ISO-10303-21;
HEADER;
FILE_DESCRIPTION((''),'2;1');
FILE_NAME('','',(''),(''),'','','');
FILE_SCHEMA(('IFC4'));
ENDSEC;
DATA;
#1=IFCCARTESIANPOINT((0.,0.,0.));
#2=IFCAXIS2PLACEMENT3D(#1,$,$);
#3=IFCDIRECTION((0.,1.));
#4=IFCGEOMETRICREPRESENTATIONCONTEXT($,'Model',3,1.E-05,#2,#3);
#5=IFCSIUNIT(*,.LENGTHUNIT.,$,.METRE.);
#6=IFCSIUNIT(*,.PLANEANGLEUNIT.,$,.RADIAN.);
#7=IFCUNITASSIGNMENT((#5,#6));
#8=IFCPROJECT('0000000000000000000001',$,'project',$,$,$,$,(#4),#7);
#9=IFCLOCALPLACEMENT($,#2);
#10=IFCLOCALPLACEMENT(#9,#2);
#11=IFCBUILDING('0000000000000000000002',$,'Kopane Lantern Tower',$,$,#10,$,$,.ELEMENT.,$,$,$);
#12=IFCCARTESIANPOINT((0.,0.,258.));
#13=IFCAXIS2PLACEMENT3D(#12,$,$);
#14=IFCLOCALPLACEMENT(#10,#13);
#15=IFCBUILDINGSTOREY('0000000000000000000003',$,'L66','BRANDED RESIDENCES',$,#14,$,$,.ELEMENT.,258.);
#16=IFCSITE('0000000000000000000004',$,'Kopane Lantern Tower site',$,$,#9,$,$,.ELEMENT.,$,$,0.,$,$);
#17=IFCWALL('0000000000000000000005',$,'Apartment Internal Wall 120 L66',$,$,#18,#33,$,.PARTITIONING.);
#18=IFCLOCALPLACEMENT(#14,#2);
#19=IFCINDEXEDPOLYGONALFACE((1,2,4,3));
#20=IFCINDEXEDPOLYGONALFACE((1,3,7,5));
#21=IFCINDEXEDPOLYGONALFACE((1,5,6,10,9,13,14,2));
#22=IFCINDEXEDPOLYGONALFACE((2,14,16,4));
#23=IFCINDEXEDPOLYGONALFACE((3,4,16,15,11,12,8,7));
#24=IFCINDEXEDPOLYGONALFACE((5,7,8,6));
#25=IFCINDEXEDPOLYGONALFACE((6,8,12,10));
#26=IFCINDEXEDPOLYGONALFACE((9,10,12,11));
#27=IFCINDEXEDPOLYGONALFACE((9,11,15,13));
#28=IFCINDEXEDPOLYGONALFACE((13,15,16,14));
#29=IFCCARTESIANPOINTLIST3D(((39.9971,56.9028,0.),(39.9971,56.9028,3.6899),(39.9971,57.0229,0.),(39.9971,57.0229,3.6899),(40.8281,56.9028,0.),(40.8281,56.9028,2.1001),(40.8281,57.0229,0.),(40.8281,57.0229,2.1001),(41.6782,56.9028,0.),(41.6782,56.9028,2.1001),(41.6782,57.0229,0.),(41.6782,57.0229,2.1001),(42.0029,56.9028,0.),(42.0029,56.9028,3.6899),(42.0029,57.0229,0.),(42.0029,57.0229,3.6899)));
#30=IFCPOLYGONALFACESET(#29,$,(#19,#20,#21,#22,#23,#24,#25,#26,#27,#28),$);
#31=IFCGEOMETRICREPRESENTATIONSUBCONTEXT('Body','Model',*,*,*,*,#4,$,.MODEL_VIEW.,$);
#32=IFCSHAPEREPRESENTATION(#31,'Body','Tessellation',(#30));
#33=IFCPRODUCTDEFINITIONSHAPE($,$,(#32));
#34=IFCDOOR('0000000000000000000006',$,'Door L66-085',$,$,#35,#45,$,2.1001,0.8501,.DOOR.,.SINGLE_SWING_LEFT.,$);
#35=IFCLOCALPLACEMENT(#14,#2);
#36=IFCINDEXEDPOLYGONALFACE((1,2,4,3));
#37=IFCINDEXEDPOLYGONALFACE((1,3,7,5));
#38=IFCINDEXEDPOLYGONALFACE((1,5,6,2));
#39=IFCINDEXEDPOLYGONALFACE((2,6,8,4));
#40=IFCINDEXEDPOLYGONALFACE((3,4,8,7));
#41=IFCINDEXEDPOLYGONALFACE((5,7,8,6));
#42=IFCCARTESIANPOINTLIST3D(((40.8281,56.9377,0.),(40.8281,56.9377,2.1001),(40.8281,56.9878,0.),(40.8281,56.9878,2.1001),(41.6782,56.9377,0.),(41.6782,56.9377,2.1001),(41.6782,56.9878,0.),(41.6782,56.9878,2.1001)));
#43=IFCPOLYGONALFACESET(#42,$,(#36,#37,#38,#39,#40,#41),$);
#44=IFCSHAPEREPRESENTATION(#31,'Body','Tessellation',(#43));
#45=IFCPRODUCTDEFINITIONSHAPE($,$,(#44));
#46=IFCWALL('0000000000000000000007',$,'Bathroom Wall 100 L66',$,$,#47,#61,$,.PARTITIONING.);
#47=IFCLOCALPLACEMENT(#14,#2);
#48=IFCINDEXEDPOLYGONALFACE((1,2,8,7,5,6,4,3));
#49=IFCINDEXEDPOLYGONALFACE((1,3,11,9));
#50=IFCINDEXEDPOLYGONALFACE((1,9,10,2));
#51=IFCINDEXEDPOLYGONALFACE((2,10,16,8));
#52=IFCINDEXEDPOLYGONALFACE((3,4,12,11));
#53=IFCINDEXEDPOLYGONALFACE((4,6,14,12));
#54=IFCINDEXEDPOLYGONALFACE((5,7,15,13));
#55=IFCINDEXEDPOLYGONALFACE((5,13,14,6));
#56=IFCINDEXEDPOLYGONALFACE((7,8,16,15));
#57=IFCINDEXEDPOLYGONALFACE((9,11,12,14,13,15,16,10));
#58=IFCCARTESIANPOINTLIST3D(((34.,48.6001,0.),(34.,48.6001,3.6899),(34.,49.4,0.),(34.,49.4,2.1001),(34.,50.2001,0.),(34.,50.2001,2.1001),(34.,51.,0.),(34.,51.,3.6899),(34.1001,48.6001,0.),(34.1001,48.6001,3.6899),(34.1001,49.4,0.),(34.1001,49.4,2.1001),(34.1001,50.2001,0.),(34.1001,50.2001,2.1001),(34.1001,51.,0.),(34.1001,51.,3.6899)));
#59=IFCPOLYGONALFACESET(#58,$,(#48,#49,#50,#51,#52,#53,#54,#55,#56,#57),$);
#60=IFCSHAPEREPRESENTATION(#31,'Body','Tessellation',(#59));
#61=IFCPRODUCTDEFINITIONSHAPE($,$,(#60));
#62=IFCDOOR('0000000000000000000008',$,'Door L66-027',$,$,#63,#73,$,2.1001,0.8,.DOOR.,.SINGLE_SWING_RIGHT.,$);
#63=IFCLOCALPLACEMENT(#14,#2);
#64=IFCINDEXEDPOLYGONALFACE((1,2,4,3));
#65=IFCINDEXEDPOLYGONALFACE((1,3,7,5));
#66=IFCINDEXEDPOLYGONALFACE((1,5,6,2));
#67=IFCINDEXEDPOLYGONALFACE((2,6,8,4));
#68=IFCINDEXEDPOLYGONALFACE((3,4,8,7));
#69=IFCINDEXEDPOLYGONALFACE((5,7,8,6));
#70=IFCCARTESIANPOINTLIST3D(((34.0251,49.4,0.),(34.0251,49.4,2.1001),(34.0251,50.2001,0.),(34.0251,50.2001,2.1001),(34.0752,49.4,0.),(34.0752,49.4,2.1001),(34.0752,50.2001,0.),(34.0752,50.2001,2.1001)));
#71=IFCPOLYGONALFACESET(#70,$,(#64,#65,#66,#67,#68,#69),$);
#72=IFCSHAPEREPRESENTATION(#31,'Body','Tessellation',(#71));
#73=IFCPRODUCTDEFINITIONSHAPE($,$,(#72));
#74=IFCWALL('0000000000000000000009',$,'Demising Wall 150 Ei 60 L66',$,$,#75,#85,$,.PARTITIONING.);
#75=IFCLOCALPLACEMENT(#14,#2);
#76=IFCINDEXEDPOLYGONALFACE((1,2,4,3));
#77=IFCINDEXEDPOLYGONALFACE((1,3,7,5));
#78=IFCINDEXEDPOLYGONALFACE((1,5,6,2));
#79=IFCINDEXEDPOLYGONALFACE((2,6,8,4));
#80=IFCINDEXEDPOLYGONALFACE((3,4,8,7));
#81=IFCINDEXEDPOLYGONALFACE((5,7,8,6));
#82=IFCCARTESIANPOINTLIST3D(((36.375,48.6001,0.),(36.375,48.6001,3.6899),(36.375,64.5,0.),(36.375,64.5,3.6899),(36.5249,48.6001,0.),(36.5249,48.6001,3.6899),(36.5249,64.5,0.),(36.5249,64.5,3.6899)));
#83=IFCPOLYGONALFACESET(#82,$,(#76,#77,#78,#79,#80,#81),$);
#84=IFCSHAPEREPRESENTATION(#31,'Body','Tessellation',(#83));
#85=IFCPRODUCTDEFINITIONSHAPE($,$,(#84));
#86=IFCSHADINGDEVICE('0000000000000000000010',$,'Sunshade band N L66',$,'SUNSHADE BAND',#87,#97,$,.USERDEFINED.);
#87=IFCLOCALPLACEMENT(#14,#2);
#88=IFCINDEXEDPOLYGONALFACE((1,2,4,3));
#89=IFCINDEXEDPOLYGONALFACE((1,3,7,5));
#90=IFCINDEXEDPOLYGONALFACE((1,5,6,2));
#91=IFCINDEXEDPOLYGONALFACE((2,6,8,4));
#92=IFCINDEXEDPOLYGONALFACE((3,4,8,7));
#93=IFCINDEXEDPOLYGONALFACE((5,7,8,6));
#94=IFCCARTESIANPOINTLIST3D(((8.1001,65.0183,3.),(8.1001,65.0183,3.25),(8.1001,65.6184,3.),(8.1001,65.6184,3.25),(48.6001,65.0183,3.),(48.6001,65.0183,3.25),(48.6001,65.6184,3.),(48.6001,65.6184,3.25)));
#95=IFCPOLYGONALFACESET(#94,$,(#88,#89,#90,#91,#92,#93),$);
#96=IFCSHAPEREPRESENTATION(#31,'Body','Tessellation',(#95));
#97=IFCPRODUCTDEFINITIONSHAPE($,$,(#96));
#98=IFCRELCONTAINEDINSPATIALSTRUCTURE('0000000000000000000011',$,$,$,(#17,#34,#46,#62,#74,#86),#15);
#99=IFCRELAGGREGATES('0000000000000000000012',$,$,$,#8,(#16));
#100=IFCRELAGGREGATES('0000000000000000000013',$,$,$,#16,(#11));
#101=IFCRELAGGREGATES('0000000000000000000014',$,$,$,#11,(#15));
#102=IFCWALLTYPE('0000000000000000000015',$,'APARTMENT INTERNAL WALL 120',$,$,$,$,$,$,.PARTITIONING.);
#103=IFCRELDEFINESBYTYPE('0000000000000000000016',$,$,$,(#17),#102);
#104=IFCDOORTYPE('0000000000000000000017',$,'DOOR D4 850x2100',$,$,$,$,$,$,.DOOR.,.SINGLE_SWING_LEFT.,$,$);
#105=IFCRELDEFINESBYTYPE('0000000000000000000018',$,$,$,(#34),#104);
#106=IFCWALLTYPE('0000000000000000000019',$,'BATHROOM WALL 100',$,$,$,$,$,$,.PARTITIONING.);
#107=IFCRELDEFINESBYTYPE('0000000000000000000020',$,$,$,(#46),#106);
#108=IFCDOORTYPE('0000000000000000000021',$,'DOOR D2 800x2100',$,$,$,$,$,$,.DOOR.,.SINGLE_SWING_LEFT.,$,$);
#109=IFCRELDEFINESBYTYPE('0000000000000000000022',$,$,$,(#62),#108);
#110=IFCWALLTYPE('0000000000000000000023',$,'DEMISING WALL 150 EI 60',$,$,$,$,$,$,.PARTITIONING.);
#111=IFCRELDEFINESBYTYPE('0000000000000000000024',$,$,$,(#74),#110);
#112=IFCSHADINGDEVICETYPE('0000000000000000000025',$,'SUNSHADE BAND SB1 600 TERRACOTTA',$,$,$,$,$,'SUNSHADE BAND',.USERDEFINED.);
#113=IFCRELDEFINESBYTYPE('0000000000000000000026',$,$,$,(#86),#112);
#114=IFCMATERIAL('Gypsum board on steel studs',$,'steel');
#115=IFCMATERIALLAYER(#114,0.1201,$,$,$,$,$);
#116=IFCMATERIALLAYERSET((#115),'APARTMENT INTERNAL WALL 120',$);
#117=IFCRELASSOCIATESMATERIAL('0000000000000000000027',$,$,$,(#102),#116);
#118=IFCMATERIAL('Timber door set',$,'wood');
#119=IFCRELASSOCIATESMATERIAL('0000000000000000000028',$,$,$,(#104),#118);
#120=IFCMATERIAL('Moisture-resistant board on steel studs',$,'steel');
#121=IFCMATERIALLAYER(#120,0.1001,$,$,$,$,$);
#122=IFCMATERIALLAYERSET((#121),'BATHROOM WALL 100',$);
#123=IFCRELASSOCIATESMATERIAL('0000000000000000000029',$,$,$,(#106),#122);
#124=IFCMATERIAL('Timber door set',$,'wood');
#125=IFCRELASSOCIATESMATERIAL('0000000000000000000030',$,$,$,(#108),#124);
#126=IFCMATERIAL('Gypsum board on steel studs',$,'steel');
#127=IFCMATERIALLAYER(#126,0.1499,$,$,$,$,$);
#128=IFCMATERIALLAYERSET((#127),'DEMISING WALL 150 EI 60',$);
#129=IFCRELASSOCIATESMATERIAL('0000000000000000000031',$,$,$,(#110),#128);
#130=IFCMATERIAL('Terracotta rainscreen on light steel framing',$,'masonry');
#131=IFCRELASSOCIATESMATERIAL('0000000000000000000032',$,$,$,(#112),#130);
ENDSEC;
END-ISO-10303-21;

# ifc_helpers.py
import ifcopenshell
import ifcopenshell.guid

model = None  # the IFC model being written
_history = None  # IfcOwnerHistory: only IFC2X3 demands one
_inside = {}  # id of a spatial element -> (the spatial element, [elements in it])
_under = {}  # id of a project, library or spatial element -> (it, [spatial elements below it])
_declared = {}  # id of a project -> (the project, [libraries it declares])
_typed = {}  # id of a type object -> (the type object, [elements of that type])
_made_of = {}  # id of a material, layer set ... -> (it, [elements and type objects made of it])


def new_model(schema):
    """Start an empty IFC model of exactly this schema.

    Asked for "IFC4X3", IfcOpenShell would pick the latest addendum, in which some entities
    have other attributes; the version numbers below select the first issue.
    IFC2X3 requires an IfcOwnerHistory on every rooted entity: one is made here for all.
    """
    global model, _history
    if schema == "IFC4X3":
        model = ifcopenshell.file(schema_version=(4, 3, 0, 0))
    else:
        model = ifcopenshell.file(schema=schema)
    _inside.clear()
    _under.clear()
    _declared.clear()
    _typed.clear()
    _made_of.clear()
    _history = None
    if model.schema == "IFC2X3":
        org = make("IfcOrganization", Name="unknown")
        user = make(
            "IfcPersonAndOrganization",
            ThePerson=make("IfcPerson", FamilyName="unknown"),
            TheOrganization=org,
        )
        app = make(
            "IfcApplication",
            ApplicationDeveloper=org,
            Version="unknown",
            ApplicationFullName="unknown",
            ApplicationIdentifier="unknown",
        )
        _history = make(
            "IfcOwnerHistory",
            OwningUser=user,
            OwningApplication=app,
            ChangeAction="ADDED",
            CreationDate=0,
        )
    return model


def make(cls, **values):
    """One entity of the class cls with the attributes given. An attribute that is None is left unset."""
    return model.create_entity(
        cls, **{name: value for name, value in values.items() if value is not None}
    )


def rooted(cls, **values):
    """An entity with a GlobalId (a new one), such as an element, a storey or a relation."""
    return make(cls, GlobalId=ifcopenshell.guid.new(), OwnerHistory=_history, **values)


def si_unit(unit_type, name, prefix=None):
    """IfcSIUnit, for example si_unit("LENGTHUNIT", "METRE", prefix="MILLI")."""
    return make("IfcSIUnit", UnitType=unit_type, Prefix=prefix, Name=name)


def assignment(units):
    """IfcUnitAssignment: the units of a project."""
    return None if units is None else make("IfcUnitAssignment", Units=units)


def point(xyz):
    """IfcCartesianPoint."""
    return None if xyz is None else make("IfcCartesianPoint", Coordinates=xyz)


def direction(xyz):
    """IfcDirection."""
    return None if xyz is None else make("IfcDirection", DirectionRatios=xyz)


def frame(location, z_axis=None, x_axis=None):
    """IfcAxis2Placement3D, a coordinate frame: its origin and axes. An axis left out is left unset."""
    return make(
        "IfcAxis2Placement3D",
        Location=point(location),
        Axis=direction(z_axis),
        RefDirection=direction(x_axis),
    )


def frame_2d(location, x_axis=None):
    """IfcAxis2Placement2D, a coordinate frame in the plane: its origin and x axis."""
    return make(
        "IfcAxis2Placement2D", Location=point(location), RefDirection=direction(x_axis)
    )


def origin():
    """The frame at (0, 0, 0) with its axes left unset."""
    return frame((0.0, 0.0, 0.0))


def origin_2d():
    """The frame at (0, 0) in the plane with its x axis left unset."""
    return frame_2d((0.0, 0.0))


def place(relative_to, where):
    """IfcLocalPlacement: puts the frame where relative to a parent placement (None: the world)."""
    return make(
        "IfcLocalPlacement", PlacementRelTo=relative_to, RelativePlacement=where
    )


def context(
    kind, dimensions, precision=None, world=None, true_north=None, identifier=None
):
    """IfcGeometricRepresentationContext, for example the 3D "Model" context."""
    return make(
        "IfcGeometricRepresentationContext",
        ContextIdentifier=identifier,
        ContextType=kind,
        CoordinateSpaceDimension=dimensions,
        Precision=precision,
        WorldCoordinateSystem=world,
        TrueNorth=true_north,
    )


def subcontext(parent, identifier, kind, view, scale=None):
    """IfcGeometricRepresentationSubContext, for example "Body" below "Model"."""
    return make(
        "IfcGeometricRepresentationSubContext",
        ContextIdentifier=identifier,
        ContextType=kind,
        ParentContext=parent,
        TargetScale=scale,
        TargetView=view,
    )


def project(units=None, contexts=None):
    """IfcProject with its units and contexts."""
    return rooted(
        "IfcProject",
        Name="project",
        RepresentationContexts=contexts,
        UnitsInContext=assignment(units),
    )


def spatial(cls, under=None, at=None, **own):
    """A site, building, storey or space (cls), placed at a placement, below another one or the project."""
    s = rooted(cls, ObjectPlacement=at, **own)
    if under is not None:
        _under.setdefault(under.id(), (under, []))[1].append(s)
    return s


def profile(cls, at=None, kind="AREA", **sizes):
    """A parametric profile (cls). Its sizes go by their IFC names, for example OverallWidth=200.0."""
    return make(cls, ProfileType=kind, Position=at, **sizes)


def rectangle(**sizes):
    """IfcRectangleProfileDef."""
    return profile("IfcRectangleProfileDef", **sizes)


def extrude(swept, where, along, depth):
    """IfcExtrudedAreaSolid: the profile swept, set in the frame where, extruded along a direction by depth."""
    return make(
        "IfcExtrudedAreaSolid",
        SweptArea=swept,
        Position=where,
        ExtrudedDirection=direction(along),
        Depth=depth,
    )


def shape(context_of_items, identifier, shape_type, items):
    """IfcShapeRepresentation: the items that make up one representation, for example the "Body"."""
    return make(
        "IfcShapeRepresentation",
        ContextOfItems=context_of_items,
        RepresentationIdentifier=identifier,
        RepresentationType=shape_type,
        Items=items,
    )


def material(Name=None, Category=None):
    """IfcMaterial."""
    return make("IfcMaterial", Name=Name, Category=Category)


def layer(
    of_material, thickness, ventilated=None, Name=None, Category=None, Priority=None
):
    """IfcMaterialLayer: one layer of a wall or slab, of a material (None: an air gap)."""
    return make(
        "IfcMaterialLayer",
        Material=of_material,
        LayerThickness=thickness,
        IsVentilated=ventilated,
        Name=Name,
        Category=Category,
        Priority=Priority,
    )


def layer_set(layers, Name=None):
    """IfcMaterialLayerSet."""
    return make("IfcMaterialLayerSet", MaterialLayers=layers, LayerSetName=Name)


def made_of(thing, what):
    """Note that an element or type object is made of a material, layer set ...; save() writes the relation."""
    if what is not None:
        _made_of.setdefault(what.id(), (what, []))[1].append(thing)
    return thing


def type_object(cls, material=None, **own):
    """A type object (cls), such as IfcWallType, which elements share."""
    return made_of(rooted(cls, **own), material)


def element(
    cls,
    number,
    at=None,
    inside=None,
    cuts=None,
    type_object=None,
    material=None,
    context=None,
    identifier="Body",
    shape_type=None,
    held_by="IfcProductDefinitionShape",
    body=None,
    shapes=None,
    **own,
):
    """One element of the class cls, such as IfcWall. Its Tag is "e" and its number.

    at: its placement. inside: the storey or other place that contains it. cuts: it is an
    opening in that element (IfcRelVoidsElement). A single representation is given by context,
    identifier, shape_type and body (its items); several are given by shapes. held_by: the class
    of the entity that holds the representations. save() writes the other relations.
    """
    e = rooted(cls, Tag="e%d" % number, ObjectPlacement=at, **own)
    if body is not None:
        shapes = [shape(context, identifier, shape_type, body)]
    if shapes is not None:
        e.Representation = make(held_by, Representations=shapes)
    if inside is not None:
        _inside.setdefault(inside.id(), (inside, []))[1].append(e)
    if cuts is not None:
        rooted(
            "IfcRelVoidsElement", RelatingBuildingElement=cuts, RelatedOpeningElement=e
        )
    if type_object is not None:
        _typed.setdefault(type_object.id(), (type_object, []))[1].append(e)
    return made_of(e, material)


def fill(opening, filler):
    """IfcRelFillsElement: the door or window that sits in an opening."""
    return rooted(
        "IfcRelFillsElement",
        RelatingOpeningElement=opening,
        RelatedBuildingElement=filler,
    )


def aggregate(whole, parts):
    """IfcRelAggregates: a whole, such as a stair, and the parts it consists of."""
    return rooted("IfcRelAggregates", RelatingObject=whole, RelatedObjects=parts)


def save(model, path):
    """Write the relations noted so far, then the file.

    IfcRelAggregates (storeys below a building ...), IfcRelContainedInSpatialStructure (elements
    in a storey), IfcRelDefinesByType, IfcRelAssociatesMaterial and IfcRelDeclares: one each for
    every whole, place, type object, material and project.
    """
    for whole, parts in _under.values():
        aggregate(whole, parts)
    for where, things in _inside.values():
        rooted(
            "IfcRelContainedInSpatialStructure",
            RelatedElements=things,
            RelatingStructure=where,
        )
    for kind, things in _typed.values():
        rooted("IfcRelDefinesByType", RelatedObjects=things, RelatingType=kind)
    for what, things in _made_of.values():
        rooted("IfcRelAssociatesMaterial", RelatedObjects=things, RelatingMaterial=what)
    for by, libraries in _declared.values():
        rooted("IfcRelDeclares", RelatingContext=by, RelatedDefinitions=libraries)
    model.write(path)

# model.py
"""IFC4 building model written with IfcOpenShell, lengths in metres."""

from ifc_helpers import new_model, si_unit, direction, frame, frame_2d, origin, origin_2d, place, context, subcontext, project, spatial, rectangle, extrude, material, layer, layer_set, type_object, element, fill, save


model = new_model("IFC4")

# Units and contexts
model_context = context("Model", 3, precision=1e-05, world=origin(), true_north=direction((0.0, 1.0)))
body_context = subcontext(model_context, "Body", "Model", "MODEL_VIEW")
ifc_project = project(units=[si_unit("LENGTHUNIT", "METRE"), si_unit("PLANEANGLEUNIT", "RADIAN")], contexts=[model_context])

# Site, building, storey
site_placement = place(None, origin())
site = spatial("IfcSite", under=ifc_project, at=site_placement, Name="Kopane Lantern Tower site", CompositionType="ELEMENT", RefElevation=0.0)
building_placement = place(site_placement, origin())
building = spatial("IfcBuilding", under=site, at=building_placement, Name="Kopane Lantern Tower", CompositionType="ELEMENT")
storey_placement = place(building_placement, frame((0.0, 0.0, 258.0)))
storey = spatial("IfcBuildingStorey", under=building, at=storey_placement, Name="L66", Description="BRANDED RESIDENCES", CompositionType="ELEMENT", Elevation=258.0)

# Shared definitions
ifc_material_1 = material(Name="Gypsum board on steel studs", Category="steel")
ifc_layer_1 = layer(ifc_material_1, 0.1201)
ifc_layer_set_1 = layer_set([ifc_layer_1], Name="APARTMENT INTERNAL WALL 120")
wall_type_1 = type_object("IfcWallType", Name="APARTMENT INTERNAL WALL 120", PredefinedType="PARTITIONING", material=ifc_layer_set_1)

# Shared definitions
ifc_material_2 = material(Name="Timber door set", Category="wood")
door_type_1 = type_object("IfcDoorType", Name="DOOR D4 850x2100", OperationType="SINGLE_SWING_LEFT", PredefinedType="DOOR", material=ifc_material_2)

# Walls, openings, doors
wall_1_placement = place(storey_placement, frame((39.9971, 56.9629, 0.0), z_axis=(0.0, 0.0, 1.0), x_axis=(1.0, 0.0, 0.0)))
wall_1 = element("IfcWall", 1, at=wall_1_placement, inside=storey, type_object=wall_type_1, Name="Apartment Internal Wall 120 L66", PredefinedType="PARTITIONING", context=body_context, shape_type="SweptSolid", body=[
    extrude(rectangle(XDim=2.0059, YDim=0.1201, at=frame_2d((1.0029, 0.0))), origin(), (0.0, 0.0, 1.0), 3.6899),
])
opening_1_placement = place(wall_1_placement, frame((0.8311, 0.0, 0.0)))
opening_1 = element("IfcOpeningElement", 2, at=opening_1_placement, cuts=wall_1, PredefinedType="OPENING", context=body_context, shape_type="SweptSolid", body=[
    extrude(rectangle(XDim=0.8501, YDim=2.1001, at=frame_2d((0.425, 1.05))), frame((0.0, 0.0701, 0.0), z_axis=(0.0, -1.0, 0.0), x_axis=(1.0, 0.0, 0.0)), (0.0, 0.0, 1.0), 0.1401),
])
door_1_placement = place(opening_1_placement, origin())
door_1 = element("IfcDoor", 3, at=door_1_placement, inside=storey, type_object=door_type_1, Name="Door L66-085", OperationType="SINGLE_SWING_LEFT", OverallHeight=2.1001, OverallWidth=0.8501, PredefinedType="DOOR", context=body_context, shape_type="SweptSolid", body=[
    extrude(rectangle(XDim=0.8501, YDim=2.1001, at=frame_2d((0.425, 1.05))), frame((0.0, 0.0249, 0.0), z_axis=(0.0, -1.0, 0.0), x_axis=(1.0, 0.0, 0.0)), (0.0, 0.0, 1.0), 0.05),
])
fill(opening_1, door_1)
ifc_material_3 = material(Name="Moisture-resistant board on steel studs", Category="steel")
ifc_layer_2 = layer(ifc_material_3, 0.1001)
ifc_layer_set_2 = layer_set([ifc_layer_2], Name="BATHROOM WALL 100")
wall_type_2 = type_object("IfcWallType", Name="BATHROOM WALL 100", PredefinedType="PARTITIONING", material=ifc_layer_set_2)
wall_2_placement = place(storey_placement, frame((34.05, 48.6001, 0.0), z_axis=(0.0, 0.0, 1.0), x_axis=(0.0, 1.0, 0.0)))
wall_2 = element("IfcWall", 4, at=wall_2_placement, inside=storey, type_object=wall_type_2, Name="Bathroom Wall 100 L66", PredefinedType="PARTITIONING", context=body_context, shape_type="SweptSolid", body=[
    extrude(rectangle(XDim=2.3999, YDim=0.1001, at=frame_2d((1.2, 0.0))), origin(), (0.0, 0.0, 1.0), 3.6899),
])
opening_2_placement = place(wall_2_placement, frame((0.8, 0.0, 0.0)))
opening_2 = element("IfcOpeningElement", 5, at=opening_2_placement, cuts=wall_2, PredefinedType="OPENING", context=body_context, shape_type="SweptSolid", body=[
    extrude(rectangle(XDim=0.8, YDim=2.1001, at=frame_2d((0.3999, 1.05))), frame((0.0, 0.0601, 0.0), z_axis=(0.0, -1.0, 0.0), x_axis=(1.0, 0.0, 0.0)), (0.0, 0.0, 1.0), 0.1201),
])
ifc_material_4 = material(Name="Timber door set", Category="wood")
door_type_2 = type_object("IfcDoorType", Name="DOOR D2 800x2100", OperationType="SINGLE_SWING_LEFT", PredefinedType="DOOR", material=ifc_material_4)
door_2_placement = place(opening_2_placement, origin())
door_2 = element("IfcDoor", 6, at=door_2_placement, inside=storey, type_object=door_type_2, Name="Door L66-027", OperationType="SINGLE_SWING_RIGHT", OverallHeight=2.1001, OverallWidth=0.8, PredefinedType="DOOR", context=body_context, shape_type="SweptSolid", body=[
    extrude(rectangle(XDim=0.8, YDim=2.1001, at=frame_2d((0.3999, 1.05))), frame((0.0, 0.0249, 0.0), z_axis=(0.0, -1.0, 0.0), x_axis=(1.0, 0.0, 0.0)), (0.0, 0.0, 1.0), 0.05),
])
fill(opening_2, door_2)

# Wall
ifc_material_5 = material(Name="Gypsum board on steel studs", Category="steel")
ifc_layer_3 = layer(ifc_material_5, 0.1499)
ifc_layer_set_3 = layer_set([ifc_layer_3], Name="DEMISING WALL 150 EI 60")
wall_type_3 = type_object("IfcWallType", Name="DEMISING WALL 150 EI 60", PredefinedType="PARTITIONING", material=ifc_layer_set_3)
wall_3_placement = place(storey_placement, frame((36.45, 64.5, 0.0), z_axis=(0.0, 0.0, 1.0), x_axis=(0.0, -1.0, 0.0)))
element("IfcWall", 7, at=wall_3_placement, inside=storey, type_object=wall_type_3, Name="Demising Wall 150 Ei 60 L66", PredefinedType="PARTITIONING", context=body_context, shape_type="SweptSolid", body=[
    extrude(rectangle(XDim=15.8999, YDim=0.1499, at=frame_2d((7.95, 0.0))), origin(), (0.0, 0.0, 1.0), 3.6899),
])

# Shading device
ifc_material_6 = material(Name="Terracotta rainscreen on light steel framing", Category="masonry")
shading_device_type = type_object("IfcShadingDeviceType", Name="SUNSHADE BAND SB1 600 TERRACOTTA", ElementType="SUNSHADE BAND", PredefinedType="USERDEFINED", material=ifc_material_6)
shading_device_placement = place(storey_placement, frame((28.3501, 65.3184, 3.0), z_axis=(0.0, 0.0, 1.0), x_axis=(-1.0, 0.0, 0.0)))
element("IfcShadingDevice", 8, at=shading_device_placement, inside=storey, type_object=shading_device_type, Name="Sunshade band N L66", ObjectType="SUNSHADE BAND", PredefinedType="USERDEFINED", context=body_context, shape_type="SweptSolid", body=[
    extrude(rectangle(XDim=40.5, YDim=0.6001, at=origin_2d()), origin(), (0.0, 0.0, 1.0), 0.25),
])

save(model, "model.ifc")
